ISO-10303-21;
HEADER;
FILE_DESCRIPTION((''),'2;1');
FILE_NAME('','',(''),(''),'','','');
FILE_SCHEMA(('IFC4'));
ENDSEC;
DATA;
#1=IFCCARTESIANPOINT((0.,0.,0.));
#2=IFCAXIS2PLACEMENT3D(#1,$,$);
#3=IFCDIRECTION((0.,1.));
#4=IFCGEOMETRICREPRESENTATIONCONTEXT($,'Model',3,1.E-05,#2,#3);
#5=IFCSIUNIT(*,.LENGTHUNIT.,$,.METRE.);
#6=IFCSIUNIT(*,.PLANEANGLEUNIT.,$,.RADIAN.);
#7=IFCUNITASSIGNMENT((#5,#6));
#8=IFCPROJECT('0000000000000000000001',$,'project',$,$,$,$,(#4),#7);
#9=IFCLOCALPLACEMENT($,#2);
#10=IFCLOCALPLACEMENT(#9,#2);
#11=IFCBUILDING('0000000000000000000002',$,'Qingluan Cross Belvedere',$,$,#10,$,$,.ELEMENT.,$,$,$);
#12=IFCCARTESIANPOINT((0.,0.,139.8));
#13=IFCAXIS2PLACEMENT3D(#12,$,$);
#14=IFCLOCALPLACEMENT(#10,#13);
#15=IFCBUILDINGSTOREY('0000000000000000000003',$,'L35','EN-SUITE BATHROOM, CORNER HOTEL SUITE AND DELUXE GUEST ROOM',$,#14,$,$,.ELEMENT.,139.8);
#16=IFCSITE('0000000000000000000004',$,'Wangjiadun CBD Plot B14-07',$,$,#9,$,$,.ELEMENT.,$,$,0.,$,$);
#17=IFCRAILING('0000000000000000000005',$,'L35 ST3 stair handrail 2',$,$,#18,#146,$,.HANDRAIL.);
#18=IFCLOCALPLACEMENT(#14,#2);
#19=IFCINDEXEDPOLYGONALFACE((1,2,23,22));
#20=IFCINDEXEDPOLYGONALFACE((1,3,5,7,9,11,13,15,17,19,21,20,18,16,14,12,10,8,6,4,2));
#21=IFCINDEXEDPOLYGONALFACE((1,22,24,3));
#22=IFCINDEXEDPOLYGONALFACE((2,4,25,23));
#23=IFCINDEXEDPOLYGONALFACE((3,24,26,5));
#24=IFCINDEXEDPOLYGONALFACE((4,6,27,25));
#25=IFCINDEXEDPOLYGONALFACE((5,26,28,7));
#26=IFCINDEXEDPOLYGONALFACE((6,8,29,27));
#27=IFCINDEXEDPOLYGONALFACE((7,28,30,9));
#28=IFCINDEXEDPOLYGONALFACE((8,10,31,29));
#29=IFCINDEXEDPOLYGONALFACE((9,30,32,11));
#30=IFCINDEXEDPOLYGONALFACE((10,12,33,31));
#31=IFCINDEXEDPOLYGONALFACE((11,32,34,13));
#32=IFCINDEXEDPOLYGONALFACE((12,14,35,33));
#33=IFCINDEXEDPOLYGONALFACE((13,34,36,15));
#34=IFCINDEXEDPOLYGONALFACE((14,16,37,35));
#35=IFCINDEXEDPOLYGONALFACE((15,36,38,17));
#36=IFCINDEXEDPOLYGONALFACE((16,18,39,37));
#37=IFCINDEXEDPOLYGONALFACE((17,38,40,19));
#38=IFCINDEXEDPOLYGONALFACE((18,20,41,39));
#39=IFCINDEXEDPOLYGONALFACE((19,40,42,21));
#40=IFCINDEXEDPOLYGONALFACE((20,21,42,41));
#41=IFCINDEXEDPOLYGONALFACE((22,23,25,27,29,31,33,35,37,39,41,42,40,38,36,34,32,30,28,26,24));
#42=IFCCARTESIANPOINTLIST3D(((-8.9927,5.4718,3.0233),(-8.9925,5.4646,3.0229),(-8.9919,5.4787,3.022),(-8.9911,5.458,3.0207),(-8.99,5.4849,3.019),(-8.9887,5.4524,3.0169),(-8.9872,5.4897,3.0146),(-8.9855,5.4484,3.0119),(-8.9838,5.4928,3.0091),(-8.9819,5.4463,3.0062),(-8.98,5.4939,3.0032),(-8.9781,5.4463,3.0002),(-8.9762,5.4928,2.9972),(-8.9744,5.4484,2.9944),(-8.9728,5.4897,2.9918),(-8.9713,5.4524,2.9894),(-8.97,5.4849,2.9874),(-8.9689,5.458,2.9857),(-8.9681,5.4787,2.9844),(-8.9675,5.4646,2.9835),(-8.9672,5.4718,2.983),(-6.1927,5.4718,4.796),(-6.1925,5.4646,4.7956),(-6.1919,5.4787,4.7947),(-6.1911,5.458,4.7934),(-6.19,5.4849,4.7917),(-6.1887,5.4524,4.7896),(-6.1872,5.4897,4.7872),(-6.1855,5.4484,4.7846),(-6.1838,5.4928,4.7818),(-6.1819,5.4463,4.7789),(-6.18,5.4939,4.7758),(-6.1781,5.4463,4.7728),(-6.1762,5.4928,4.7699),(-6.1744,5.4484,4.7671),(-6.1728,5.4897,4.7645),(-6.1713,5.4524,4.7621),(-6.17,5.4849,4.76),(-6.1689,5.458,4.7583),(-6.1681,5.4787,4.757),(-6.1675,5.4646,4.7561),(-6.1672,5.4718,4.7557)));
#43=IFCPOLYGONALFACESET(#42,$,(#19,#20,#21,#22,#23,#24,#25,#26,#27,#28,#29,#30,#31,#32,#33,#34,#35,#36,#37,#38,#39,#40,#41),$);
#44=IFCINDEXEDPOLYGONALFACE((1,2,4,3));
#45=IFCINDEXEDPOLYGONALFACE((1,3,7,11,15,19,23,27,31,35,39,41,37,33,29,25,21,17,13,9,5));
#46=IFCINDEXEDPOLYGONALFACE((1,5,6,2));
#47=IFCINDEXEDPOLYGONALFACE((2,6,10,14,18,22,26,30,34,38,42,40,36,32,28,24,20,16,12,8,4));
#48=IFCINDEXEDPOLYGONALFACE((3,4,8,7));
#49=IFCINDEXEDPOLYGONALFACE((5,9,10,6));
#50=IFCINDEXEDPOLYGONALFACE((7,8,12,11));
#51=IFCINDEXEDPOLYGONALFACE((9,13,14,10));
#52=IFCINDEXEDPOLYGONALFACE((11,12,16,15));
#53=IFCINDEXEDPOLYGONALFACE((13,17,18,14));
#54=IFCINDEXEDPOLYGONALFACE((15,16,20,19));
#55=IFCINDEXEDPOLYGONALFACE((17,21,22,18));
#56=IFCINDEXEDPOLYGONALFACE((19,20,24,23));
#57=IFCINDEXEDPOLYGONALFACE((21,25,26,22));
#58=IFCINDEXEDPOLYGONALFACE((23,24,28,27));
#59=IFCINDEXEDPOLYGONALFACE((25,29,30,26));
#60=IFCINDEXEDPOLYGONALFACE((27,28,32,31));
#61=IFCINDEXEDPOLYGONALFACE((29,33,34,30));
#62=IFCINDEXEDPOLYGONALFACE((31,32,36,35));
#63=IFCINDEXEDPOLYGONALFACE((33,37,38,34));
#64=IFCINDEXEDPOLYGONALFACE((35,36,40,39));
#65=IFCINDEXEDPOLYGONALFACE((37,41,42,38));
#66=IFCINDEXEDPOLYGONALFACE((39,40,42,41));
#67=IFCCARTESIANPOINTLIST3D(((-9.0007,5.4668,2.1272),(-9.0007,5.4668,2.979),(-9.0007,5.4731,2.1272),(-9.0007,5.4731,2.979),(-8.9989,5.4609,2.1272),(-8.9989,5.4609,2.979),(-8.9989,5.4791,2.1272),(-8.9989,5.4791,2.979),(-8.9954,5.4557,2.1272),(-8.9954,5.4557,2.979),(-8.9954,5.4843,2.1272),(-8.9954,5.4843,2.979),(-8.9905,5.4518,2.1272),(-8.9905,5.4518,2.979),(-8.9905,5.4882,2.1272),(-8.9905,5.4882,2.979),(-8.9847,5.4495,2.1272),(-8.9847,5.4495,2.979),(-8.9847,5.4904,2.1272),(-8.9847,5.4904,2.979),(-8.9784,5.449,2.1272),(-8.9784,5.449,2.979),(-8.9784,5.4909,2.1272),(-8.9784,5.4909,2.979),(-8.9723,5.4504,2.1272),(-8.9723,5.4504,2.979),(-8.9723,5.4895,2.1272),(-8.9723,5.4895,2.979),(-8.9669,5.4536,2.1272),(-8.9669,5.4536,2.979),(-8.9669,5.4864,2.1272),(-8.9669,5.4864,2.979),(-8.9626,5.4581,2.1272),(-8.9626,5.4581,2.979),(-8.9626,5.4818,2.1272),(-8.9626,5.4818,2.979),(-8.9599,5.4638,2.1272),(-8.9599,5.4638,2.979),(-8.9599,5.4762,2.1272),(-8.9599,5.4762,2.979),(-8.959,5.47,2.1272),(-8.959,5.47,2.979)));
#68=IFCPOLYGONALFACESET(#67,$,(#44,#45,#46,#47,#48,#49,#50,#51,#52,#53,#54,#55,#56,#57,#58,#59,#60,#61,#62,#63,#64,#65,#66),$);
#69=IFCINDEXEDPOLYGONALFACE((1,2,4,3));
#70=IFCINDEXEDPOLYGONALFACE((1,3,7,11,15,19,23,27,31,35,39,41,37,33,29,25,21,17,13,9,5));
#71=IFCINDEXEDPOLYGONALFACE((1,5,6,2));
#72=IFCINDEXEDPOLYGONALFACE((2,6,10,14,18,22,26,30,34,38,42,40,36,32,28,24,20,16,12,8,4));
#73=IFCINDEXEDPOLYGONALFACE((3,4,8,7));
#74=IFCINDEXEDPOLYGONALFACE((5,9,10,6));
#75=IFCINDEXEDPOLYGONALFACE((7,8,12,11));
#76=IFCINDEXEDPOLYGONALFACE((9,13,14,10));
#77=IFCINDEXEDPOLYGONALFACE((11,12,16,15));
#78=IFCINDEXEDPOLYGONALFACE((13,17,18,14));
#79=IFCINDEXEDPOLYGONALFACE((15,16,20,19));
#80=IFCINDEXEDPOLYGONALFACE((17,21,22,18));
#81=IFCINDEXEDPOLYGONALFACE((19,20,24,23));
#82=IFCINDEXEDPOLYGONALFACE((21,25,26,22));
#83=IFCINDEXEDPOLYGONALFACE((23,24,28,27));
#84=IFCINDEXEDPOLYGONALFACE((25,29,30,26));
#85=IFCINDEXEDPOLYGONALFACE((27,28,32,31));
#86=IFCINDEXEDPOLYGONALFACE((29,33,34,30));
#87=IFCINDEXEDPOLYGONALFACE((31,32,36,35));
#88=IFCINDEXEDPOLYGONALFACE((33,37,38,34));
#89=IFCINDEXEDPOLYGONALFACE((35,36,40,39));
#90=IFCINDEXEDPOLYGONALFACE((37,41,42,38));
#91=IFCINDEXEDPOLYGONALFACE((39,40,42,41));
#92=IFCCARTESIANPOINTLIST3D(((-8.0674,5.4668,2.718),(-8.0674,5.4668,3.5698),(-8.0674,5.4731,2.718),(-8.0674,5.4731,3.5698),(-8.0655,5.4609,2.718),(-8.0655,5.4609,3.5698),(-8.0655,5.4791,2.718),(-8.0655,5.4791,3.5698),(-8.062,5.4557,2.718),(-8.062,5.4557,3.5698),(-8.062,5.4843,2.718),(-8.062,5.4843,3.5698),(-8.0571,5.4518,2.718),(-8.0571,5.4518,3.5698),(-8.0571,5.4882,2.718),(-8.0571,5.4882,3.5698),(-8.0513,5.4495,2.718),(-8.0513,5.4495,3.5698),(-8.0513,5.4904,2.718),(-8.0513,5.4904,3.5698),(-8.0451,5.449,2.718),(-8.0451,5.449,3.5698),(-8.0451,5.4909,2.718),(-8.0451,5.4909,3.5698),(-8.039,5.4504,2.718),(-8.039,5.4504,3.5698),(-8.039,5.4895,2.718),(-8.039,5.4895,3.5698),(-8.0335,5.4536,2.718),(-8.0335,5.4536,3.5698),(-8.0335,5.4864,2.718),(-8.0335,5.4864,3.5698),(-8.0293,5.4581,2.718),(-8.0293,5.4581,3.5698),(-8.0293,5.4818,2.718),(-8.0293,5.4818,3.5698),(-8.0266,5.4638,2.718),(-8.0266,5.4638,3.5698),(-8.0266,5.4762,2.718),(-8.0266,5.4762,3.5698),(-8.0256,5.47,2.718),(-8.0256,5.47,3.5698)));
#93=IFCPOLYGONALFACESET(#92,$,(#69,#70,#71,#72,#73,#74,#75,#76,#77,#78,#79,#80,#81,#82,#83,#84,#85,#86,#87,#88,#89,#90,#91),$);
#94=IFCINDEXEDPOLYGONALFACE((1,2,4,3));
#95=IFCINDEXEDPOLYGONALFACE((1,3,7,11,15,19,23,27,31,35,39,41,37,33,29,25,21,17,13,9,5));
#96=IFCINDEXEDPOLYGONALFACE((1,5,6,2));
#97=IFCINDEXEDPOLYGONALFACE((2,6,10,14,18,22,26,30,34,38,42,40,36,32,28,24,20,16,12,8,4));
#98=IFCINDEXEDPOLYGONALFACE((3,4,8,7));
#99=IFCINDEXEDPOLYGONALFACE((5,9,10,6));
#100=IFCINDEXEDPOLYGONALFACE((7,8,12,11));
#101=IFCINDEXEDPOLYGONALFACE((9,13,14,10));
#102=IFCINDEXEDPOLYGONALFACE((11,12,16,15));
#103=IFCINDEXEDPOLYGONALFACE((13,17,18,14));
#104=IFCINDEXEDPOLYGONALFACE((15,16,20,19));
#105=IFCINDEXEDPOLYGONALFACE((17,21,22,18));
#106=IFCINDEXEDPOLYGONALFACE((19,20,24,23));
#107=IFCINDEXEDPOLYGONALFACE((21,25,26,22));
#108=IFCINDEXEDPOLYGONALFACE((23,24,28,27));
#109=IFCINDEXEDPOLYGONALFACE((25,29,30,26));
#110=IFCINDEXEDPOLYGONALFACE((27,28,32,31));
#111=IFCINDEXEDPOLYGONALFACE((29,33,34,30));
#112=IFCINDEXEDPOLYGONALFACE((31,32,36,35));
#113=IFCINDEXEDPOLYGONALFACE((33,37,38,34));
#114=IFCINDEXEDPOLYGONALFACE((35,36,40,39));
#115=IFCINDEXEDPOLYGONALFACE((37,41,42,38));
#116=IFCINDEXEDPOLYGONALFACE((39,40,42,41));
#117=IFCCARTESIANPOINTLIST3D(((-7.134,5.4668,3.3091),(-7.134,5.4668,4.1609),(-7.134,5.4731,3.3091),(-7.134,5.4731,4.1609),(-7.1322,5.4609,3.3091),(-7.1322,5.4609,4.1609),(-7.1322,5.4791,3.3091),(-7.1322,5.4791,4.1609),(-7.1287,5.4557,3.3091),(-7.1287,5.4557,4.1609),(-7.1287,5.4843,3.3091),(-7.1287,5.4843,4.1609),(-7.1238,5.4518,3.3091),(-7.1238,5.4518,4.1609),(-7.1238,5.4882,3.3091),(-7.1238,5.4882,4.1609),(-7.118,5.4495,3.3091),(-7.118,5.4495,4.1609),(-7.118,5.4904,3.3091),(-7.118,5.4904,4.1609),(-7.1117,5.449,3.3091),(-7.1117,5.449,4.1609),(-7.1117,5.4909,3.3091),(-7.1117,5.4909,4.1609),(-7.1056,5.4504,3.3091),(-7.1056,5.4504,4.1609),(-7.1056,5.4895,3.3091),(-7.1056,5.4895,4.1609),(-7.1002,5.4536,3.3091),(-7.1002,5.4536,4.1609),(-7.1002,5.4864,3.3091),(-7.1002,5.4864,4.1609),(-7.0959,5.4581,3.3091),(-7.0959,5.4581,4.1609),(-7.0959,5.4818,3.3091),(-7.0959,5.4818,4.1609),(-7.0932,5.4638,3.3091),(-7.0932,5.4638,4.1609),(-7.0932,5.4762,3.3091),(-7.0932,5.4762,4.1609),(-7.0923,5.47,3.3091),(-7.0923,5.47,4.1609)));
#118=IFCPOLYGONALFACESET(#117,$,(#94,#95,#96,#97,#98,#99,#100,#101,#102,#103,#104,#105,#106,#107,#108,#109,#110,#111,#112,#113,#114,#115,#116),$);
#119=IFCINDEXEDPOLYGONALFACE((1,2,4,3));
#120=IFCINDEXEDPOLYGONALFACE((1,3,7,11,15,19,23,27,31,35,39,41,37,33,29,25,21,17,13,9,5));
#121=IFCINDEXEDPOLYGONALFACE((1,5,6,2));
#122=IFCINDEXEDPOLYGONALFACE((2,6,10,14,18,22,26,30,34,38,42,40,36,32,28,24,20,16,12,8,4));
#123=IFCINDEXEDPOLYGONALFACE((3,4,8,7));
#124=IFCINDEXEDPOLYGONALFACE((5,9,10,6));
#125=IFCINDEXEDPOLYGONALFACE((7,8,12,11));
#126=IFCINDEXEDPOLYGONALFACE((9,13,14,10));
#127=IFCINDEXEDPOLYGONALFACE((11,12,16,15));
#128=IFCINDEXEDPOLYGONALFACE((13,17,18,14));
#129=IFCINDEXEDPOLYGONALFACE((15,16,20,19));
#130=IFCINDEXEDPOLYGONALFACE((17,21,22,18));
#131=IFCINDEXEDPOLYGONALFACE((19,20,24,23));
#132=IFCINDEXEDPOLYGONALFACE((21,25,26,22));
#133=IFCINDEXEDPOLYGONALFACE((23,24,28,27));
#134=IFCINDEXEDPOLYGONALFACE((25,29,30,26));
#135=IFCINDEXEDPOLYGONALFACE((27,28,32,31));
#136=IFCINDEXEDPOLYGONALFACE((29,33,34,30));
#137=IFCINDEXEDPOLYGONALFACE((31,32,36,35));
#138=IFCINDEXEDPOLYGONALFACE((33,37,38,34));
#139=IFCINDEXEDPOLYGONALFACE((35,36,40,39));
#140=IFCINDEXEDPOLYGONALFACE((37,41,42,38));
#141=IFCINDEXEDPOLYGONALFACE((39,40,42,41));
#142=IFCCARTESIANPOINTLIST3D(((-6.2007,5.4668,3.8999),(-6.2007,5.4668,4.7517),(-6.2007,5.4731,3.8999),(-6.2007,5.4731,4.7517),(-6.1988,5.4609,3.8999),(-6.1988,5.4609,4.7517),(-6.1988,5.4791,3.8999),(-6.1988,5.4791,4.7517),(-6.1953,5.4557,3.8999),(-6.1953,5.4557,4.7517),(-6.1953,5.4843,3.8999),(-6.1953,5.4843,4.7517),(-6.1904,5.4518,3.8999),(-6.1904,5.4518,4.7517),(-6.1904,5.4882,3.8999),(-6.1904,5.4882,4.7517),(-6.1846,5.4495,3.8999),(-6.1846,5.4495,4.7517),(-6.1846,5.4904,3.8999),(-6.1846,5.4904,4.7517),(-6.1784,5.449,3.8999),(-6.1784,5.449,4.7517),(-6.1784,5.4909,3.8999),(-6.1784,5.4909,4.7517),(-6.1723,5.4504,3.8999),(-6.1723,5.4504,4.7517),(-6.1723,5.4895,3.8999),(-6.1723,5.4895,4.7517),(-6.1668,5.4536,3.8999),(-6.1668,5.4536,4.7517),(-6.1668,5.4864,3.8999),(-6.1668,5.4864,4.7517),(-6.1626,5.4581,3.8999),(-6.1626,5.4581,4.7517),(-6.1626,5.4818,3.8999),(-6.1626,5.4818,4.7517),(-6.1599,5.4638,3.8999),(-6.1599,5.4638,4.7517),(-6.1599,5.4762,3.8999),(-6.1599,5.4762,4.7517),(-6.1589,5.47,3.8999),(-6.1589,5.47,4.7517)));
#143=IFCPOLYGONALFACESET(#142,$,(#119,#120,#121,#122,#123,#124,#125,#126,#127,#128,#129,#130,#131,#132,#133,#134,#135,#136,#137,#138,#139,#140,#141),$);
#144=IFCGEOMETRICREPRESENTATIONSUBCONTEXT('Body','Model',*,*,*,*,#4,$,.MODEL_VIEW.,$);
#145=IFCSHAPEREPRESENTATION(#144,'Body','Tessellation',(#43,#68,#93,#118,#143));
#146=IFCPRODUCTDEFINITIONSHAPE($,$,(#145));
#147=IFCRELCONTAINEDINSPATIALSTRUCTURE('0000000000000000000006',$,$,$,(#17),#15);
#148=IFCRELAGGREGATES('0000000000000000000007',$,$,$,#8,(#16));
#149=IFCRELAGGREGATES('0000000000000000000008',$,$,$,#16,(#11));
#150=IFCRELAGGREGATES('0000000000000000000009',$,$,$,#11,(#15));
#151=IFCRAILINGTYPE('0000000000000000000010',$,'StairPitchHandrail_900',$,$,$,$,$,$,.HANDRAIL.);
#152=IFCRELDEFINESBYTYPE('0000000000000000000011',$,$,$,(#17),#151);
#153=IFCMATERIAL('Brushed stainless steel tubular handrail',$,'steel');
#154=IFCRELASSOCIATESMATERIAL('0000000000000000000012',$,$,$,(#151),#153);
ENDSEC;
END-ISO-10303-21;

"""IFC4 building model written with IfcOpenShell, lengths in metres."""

from ifc_helpers import new_model, si_unit, direction, frame, origin, origin_2d, place, context, subcontext, project, spatial, circle, extrude, material, type_object, element, save


model = new_model("IFC4")

# Units and contexts
model_context = context("Model", 3, precision=1e-05, world=origin(), true_north=direction((0.0, 1.0)))
body_context = subcontext(model_context, "Body", "Model", "MODEL_VIEW")
ifc_project = project(units=[si_unit("LENGTHUNIT", "METRE"), si_unit("PLANEANGLEUNIT", "RADIAN")], contexts=[model_context])

# Site, building, storey
site_placement = place(None, origin())
site = spatial("IfcSite", under=ifc_project, at=site_placement, Name="Wangjiadun CBD Plot B14-07", CompositionType="ELEMENT", RefElevation=0.0)
building_placement = place(site_placement, origin())
building = spatial("IfcBuilding", under=site, at=building_placement, Name="Qingluan Cross Belvedere", CompositionType="ELEMENT")
storey_placement = place(building_placement, frame((0.0, 0.0, 139.8)))
storey = spatial("IfcBuildingStorey", under=building, at=storey_placement, Name="L35", Description="EN-SUITE BATHROOM, CORNER HOTEL SUITE AND DELUXE GUEST ROOM", CompositionType="ELEMENT", Elevation=139.8)

# Railing
ifc_material_1 = material(Name="Brushed stainless steel tubular handrail", Category="steel")
railing_type_1 = type_object("IfcRailingType", Name="StairPitchHandrail_900", PredefinedType="HANDRAIL", material=ifc_material_1)
railing_1_placement = place(storey_placement, frame((-8.98, 5.47, 2.1272)))
element("IfcRailing", 1, at=railing_1_placement, inside=storey, type_object=railing_type_1, Name="L35 ST3 stair handrail 2", PredefinedType="HANDRAIL", context=body_context, shape_type="SweptSolid", body=[
    extrude(circle(Radius=0.0239, at=origin_2d()), frame((0.0, 0.0, 0.876), z_axis=(0.844909, 0.0, 0.53491), x_axis=(0.0, 1.0, 0.0)), (0.0, 0.0, 1.0), 3.314),
    extrude(circle(Radius=0.021, at=origin_2d()), origin(), (0.0, 0.0, 1.0), 0.8518),
    extrude(circle(Radius=0.021, at=origin_2d()), frame((0.9333, 0.0, 0.5908)), (0.0, 0.0, 1.0), 0.8518),
    extrude(circle(Radius=0.021, at=origin_2d()), frame((1.8667, 0.0, 1.1819)), (0.0, 0.0, 1.0), 0.8518),
    extrude(circle(Radius=0.021, at=origin_2d()), frame((2.8, 0.0, 1.7727)), (0.0, 0.0, 1.0), 0.8518),
])

save(model, "model.ifc")
